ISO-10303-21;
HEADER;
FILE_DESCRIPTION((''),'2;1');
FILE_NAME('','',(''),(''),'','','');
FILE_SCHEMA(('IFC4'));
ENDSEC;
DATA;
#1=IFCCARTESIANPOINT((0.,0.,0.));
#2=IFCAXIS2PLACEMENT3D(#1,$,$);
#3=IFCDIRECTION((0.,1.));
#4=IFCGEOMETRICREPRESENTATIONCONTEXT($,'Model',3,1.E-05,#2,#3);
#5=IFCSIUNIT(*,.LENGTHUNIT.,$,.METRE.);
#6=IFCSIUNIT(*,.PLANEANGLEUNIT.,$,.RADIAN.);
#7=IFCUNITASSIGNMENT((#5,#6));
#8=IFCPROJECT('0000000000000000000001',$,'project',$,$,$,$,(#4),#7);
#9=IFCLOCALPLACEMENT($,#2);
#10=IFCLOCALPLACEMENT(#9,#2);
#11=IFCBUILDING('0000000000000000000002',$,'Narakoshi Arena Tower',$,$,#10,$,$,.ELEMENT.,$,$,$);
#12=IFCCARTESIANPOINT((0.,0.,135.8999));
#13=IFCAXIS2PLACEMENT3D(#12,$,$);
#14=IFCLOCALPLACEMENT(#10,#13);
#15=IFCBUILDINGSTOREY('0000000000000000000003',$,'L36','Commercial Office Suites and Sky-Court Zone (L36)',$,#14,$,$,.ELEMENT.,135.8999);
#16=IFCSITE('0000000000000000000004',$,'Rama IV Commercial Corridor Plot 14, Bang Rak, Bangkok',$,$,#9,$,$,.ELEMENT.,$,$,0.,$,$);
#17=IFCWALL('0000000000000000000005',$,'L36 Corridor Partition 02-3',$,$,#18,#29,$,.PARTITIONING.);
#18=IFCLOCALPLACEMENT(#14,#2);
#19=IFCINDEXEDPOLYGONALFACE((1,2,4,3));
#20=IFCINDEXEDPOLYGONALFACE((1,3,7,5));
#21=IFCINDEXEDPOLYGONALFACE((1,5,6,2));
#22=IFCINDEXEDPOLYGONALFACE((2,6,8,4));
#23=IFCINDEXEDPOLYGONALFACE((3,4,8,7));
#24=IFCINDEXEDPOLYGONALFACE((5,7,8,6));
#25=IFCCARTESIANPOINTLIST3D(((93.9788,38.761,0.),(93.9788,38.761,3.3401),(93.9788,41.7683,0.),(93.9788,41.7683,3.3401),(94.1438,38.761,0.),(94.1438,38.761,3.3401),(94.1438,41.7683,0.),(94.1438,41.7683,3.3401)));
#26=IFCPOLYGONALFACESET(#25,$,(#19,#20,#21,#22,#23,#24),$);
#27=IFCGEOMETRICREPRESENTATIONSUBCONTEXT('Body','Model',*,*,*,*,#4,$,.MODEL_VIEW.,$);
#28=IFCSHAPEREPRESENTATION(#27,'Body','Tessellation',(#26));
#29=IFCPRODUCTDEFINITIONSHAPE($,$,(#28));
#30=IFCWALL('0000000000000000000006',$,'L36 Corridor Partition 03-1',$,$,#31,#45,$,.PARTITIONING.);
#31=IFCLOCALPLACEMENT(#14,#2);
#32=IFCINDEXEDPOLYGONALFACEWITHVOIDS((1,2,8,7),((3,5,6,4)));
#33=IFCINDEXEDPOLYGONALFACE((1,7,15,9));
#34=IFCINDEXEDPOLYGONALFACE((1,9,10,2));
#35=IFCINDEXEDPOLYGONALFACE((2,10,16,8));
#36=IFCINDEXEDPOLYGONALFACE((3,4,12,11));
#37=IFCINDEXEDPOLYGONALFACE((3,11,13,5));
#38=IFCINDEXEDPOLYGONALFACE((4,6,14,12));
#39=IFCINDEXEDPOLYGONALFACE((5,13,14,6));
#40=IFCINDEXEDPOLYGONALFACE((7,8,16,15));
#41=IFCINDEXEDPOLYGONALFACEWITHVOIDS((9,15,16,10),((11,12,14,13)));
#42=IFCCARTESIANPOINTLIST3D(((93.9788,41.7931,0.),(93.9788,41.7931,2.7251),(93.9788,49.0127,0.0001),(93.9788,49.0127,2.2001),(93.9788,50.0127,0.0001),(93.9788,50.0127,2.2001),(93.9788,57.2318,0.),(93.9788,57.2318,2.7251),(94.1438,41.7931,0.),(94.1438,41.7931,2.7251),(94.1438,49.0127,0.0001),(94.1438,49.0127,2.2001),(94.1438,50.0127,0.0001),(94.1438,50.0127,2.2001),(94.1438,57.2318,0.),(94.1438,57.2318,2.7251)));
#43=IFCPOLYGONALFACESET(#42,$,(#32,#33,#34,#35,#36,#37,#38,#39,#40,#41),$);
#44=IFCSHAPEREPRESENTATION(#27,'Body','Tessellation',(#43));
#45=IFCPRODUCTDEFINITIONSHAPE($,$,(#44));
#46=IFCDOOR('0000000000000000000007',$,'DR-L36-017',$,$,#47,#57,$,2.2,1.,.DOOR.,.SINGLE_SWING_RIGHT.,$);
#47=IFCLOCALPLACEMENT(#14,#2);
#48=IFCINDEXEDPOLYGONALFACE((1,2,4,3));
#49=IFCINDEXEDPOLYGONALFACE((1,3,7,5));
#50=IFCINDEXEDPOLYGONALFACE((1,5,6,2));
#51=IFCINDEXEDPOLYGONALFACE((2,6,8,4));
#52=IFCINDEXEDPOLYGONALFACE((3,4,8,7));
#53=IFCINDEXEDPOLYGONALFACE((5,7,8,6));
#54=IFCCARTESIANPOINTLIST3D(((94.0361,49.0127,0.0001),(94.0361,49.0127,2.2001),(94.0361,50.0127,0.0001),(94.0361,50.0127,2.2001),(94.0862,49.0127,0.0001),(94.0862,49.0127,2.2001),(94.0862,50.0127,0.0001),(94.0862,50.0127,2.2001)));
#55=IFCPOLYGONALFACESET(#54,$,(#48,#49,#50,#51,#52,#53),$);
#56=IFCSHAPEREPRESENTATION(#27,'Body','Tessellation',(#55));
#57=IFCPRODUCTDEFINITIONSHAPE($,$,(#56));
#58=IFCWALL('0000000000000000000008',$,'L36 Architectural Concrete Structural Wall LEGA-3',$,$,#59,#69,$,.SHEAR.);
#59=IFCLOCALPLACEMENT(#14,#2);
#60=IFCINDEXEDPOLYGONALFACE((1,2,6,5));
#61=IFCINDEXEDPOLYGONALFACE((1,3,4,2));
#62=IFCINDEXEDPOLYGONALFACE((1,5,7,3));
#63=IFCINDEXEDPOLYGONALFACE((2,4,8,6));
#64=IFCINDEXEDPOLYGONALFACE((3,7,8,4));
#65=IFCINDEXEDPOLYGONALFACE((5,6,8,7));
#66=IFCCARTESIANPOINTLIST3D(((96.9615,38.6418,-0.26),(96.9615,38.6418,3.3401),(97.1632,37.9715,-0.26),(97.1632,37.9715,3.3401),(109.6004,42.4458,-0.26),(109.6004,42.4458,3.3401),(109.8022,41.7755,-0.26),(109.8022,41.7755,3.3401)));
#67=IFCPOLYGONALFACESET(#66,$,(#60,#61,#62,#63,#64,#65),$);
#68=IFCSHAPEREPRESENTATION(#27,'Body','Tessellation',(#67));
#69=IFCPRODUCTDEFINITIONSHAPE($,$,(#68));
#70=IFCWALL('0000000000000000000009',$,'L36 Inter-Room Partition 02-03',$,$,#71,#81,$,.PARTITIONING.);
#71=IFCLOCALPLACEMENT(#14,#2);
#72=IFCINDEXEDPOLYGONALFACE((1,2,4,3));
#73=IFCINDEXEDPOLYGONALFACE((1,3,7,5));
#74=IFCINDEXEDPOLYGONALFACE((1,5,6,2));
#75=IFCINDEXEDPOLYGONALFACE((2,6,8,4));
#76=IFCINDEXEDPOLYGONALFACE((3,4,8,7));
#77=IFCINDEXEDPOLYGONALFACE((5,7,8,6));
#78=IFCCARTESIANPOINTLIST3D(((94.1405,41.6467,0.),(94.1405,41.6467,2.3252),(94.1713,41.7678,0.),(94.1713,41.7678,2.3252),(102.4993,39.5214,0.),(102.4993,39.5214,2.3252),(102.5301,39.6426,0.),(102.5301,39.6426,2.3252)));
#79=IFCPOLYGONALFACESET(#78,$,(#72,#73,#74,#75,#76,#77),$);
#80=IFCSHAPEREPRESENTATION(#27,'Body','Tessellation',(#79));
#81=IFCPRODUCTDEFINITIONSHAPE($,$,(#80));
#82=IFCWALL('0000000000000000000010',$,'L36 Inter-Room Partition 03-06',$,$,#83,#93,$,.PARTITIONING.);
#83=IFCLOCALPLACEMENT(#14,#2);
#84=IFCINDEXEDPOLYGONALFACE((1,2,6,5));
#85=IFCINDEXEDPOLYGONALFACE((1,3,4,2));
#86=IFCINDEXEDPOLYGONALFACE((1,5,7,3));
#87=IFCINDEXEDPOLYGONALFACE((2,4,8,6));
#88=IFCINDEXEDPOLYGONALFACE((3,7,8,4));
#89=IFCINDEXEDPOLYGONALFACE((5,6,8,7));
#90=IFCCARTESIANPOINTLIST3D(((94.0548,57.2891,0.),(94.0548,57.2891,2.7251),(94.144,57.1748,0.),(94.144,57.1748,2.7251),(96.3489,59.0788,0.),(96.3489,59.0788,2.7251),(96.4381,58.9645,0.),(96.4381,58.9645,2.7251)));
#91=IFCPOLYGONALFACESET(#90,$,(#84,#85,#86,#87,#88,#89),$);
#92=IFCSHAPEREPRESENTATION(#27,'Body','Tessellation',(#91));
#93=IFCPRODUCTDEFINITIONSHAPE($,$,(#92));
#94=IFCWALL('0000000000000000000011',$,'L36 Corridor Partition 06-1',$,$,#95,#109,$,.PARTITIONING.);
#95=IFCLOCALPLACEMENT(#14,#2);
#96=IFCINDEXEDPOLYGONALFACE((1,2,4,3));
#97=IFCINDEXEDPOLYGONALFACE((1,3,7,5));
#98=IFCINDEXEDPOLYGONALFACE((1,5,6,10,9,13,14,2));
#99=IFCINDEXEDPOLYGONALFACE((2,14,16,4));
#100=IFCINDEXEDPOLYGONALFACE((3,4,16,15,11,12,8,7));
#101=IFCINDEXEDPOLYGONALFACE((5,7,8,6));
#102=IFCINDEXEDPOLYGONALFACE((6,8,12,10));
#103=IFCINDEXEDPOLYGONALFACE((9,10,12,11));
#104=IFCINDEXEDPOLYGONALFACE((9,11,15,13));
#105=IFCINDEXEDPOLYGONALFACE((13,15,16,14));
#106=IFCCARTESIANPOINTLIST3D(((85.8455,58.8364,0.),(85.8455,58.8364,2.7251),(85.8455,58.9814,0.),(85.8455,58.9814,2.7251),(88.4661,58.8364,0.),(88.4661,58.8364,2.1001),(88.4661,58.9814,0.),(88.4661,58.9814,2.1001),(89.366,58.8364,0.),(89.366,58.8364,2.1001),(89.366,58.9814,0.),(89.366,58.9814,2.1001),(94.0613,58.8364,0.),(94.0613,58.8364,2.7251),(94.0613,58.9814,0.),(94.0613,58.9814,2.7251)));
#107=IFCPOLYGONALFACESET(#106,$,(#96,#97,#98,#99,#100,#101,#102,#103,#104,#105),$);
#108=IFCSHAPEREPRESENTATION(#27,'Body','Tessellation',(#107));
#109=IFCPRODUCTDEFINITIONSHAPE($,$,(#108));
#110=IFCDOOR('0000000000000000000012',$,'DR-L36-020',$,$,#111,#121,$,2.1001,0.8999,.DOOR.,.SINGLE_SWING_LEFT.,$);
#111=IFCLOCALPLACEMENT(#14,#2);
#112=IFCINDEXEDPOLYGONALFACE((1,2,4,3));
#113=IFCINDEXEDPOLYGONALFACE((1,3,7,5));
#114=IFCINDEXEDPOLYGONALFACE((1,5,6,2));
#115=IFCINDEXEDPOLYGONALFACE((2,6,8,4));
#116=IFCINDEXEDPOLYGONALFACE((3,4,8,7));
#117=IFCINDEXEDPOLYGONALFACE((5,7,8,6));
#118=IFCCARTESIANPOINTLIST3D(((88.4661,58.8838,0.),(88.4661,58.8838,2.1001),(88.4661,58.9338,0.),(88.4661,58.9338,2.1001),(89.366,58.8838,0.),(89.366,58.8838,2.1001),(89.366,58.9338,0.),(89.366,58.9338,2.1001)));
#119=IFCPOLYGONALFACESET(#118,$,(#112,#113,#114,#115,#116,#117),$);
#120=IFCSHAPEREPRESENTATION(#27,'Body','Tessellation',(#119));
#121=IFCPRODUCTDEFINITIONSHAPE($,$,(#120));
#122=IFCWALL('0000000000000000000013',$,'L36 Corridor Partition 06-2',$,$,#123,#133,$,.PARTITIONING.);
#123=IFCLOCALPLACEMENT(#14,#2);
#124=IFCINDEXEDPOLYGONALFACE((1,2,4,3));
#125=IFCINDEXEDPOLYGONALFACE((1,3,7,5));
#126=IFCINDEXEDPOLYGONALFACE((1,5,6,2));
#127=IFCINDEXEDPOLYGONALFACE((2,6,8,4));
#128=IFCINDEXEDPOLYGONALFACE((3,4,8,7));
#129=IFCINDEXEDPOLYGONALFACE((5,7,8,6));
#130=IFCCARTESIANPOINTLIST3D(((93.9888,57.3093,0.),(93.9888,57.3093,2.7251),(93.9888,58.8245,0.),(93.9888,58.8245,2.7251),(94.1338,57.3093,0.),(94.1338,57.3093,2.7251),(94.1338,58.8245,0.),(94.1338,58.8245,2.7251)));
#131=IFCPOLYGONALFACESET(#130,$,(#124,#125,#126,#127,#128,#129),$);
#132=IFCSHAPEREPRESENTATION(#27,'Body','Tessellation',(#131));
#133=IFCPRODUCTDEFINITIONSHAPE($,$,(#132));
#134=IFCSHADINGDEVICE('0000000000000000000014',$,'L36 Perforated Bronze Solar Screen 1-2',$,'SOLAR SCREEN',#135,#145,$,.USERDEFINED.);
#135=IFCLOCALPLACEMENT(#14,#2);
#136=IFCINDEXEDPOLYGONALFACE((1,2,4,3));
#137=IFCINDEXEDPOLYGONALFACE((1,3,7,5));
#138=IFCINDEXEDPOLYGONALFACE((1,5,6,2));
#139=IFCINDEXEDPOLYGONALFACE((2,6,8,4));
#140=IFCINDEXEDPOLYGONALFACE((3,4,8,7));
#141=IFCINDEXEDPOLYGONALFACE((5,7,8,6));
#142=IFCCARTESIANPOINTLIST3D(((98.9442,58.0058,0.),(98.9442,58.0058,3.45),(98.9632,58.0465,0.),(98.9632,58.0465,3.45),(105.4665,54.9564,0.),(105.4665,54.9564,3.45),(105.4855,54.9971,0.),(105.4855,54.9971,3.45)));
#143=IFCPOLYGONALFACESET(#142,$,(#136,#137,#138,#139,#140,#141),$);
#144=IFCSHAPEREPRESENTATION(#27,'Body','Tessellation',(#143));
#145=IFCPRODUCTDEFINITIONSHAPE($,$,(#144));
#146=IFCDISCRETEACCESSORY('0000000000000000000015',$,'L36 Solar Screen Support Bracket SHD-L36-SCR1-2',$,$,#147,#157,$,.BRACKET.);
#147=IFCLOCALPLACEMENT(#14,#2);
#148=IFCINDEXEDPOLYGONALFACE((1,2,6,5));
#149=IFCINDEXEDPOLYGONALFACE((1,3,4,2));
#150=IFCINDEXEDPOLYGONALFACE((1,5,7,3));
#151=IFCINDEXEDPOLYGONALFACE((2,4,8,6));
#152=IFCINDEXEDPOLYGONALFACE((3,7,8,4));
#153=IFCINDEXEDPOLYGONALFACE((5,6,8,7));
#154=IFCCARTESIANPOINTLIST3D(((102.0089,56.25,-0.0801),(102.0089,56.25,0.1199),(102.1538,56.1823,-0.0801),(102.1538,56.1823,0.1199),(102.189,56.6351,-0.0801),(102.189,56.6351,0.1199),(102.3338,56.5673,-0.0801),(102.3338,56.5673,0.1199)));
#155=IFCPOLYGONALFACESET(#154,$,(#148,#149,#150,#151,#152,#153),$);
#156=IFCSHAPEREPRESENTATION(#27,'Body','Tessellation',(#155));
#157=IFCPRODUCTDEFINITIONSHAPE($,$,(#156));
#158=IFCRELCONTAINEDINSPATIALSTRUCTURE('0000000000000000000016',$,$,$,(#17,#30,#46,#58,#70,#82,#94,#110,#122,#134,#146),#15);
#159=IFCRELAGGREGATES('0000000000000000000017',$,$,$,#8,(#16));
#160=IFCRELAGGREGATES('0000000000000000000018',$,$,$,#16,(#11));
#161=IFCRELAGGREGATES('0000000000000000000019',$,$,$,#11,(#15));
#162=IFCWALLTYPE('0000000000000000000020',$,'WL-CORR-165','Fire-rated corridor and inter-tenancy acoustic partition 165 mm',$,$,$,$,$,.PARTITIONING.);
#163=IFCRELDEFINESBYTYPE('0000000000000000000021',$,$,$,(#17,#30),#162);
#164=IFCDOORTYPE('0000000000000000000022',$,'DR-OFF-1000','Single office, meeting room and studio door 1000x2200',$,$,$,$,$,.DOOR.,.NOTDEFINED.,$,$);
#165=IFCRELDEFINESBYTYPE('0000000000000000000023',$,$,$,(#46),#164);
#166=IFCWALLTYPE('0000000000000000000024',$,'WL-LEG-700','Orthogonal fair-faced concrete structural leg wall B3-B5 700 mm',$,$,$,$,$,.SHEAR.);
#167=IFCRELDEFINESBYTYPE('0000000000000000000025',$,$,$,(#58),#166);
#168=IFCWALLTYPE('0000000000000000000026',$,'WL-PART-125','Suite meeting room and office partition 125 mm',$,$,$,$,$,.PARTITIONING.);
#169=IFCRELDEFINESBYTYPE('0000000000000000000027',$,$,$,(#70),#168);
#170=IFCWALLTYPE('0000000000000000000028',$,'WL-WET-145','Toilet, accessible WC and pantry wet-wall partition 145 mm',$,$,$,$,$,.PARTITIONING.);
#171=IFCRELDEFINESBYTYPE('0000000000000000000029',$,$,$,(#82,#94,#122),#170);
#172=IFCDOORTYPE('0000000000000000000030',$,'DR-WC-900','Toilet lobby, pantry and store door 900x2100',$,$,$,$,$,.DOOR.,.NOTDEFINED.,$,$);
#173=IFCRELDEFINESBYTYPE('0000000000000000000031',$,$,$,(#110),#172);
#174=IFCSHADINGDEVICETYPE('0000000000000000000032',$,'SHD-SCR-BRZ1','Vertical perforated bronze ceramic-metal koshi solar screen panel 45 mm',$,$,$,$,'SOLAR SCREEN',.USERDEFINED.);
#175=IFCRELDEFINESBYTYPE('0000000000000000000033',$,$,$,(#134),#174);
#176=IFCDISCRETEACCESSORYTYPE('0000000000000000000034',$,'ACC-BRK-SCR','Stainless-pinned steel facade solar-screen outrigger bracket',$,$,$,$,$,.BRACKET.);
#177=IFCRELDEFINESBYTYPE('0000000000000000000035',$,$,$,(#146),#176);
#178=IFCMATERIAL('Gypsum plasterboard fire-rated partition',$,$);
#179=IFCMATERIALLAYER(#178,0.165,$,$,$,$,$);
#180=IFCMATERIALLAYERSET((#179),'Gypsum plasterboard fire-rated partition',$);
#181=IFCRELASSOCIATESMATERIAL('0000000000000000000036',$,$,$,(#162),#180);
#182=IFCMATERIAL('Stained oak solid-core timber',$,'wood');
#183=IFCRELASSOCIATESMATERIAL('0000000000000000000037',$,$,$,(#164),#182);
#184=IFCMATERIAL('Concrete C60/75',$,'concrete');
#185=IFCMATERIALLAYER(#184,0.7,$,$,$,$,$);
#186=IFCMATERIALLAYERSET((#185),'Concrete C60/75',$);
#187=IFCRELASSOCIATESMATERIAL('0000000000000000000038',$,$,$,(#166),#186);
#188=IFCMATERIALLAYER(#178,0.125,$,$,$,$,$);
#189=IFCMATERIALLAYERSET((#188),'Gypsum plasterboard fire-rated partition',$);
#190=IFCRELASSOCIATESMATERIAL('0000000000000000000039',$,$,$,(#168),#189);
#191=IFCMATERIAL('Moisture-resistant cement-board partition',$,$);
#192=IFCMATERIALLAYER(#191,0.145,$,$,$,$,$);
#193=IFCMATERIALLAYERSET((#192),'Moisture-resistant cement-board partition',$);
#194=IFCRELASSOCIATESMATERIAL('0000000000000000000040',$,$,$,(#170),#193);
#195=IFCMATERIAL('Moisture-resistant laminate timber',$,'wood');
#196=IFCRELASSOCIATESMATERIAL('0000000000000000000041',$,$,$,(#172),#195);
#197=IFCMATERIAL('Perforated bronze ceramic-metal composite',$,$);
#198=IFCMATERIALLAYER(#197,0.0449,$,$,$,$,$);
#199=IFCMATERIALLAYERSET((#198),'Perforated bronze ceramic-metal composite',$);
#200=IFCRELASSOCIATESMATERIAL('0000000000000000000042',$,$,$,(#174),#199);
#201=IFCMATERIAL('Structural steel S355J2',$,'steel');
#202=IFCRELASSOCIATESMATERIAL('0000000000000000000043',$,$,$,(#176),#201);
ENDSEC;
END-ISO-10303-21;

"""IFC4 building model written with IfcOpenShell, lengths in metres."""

from ifc_helpers import new_model, si_unit, direction, frame, frame_2d, origin, origin_2d, place, context, subcontext, project, spatial, rectangle, extrude, material, layer, layer_set, type_object, element, fill, save


model = new_model("IFC4")

# Units and contexts
model_context = context("Model", 3, precision=1e-05, world=origin(), true_north=direction((0.0, 1.0)))
body_context = subcontext(model_context, "Body", "Model", "MODEL_VIEW")
ifc_project = project(units=[si_unit("LENGTHUNIT", "METRE"), si_unit("PLANEANGLEUNIT", "RADIAN")], contexts=[model_context])

# Site, building, storey
site_placement = place(None, origin())
site = spatial("IfcSite", under=ifc_project, at=site_placement, Name="Rama IV Commercial Corridor Plot 14, Bang Rak, Bangkok", CompositionType="ELEMENT", RefElevation=0.0)
building_placement = place(site_placement, origin())
building = spatial("IfcBuilding", under=site, at=building_placement, Name="Narakoshi Arena Tower", CompositionType="ELEMENT")
storey_placement = place(building_placement, frame((0.0, 0.0, 135.8999)))
storey = spatial("IfcBuildingStorey", under=building, at=storey_placement, Name="L36", Description="Commercial Office Suites and Sky-Court Zone (L36)", CompositionType="ELEMENT", Elevation=135.8999)

# Shared definitions
ifc_material_1 = material(Name="Concrete C60/75", Category="concrete")

# Shared definitions
ifc_material_2 = material(Name="Structural steel S355J2", Category="steel")

# Wall
ifc_material_3 = material(Name="Gypsum plasterboard fire-rated partition")
ifc_layer_1 = layer(ifc_material_3, 0.165)
ifc_layer_set_1 = layer_set([ifc_layer_1], Name="Gypsum plasterboard fire-rated partition")
wall_type_1 = type_object("IfcWallType", Name="WL-CORR-165", Description="Fire-rated corridor and inter-tenancy acoustic partition 165 mm", PredefinedType="PARTITIONING", material=ifc_layer_set_1)
wall_1_placement = place(storey_placement, frame((94.0613, 38.761, 0.0), z_axis=(0.0, 0.0, 1.0), x_axis=(0.0, 1.0, 0.0)))
element("IfcWall", 1, at=wall_1_placement, inside=storey, type_object=wall_type_1, Name="L36 Corridor Partition 02-3", PredefinedType="PARTITIONING", context=body_context, shape_type="SweptSolid", body=[
    extrude(rectangle(XDim=3.0073, YDim=0.165, at=frame_2d((1.5037, 0.0))), origin(), (0.0, 0.0, 1.0), 3.3401),
])

# Wall, opening, door
wall_2_placement = place(storey_placement, frame((94.0613, 41.7932, 0.0), z_axis=(0.0, 0.0, 1.0), x_axis=(0.0, 1.0, 0.0)))
wall_2 = element("IfcWall", 2, at=wall_2_placement, inside=storey, type_object=wall_type_1, Name="L36 Corridor Partition 03-1", PredefinedType="PARTITIONING", context=body_context, shape_type="SweptSolid", body=[
    extrude(rectangle(XDim=15.4387, YDim=0.165, at=frame_2d((7.7192, 0.0))), origin(), (0.0, 0.0, 1.0), 2.7251),
])
opening_1_placement = place(wall_2_placement, frame((7.2195, 0.0, 0.0)))
opening_1 = element("IfcOpeningElement", 3, at=opening_1_placement, cuts=wall_2, PredefinedType="OPENING", context=body_context, shape_type="SweptSolid", body=[
    extrude(rectangle(XDim=1.0, YDim=2.2, at=frame_2d((0.5, 1.1001))), frame((0.0, 0.0925, 0.0), z_axis=(0.0, -1.0, 0.0), x_axis=(1.0, 0.0, 0.0)), (0.0, 0.0, 1.0), 0.1851),
])
ifc_material_4 = material(Name="Stained oak solid-core timber", Category="wood")
door_type_1 = type_object("IfcDoorType", Name="DR-OFF-1000", Description="Single office, meeting room and studio door 1000x2200", OperationType="NOTDEFINED", PredefinedType="DOOR", material=ifc_material_4)
door_1_placement = place(opening_1_placement, frame((1.0, 0.0, 0.0), z_axis=(0.0, 0.0, 1.0), x_axis=(-1.0, 0.0, 0.0)))
door_1 = element("IfcDoor", 4, at=door_1_placement, inside=storey, type_object=door_type_1, Name="DR-L36-017", OperationType="SINGLE_SWING_RIGHT", OverallHeight=2.2, OverallWidth=1.0, PredefinedType="DOOR", context=body_context, shape_type="SweptSolid", body=[
    extrude(rectangle(XDim=1.0, YDim=2.2, at=frame_2d((0.5, 1.1001))), frame((0.0, 0.0249, 0.0), z_axis=(0.0, -1.0, 0.0), x_axis=(1.0, 0.0, 0.0)), (0.0, 0.0, 1.0), 0.05),
])
fill(opening_1, door_1)

# Walls
ifc_layer_2 = layer(ifc_material_1, 0.7)
ifc_layer_set_2 = layer_set([ifc_layer_2], Name="Concrete C60/75")
wall_type_2 = type_object("IfcWallType", Name="WL-LEG-700", Description="Orthogonal fair-faced concrete structural leg wall B3-B5 700 mm", PredefinedType="SHEAR", material=ifc_layer_set_2)
wall_3_placement = place(storey_placement, frame((97.0623, 38.3066, -0.26), z_axis=(0.0, 0.0, 1.0), x_axis=(0.95757, 0.288201, 0.0)))
element("IfcWall", 5, at=wall_3_placement, inside=storey, type_object=wall_type_2, Name="L36 Architectural Concrete Structural Wall LEGA-3", PredefinedType="SHEAR", context=body_context, shape_type="SweptSolid", body=[
    extrude(rectangle(XDim=13.199, YDim=0.7, at=frame_2d((6.5996, 0.0))), origin(), (0.0, 0.0, 1.0), 3.6001),
])
ifc_layer_3 = layer(ifc_material_3, 0.125)
ifc_layer_set_3 = layer_set([ifc_layer_3], Name="Gypsum plasterboard fire-rated partition")
wall_type_3 = type_object("IfcWallType", Name="WL-PART-125", Description="Suite meeting room and office partition 125 mm", PredefinedType="PARTITIONING", material=ifc_layer_set_3)
wall_4_placement = place(storey_placement, frame((94.1558, 41.7073, 0.0), z_axis=(0.0, 0.0, 1.0), x_axis=(0.969166, -0.24641, 0.0)))
element("IfcWall", 6, at=wall_4_placement, inside=storey, type_object=wall_type_3, Name="L36 Inter-Room Partition 02-03", PredefinedType="PARTITIONING", context=body_context, shape_type="SweptSolid", body=[
    extrude(rectangle(XDim=8.6248, YDim=0.125, at=frame_2d((4.3125, 0.0))), origin(), (0.0, 0.0, 1.0), 2.3252),
])
ifc_material_5 = material(Name="Moisture-resistant cement-board partition")
ifc_layer_4 = layer(ifc_material_5, 0.145)
ifc_layer_set_4 = layer_set([ifc_layer_4], Name="Moisture-resistant cement-board partition")
wall_type_4 = type_object("IfcWallType", Name="WL-WET-145", Description="Toilet, accessible WC and pantry wet-wall partition 145 mm", PredefinedType="PARTITIONING", material=ifc_layer_set_4)
wall_5_placement = place(storey_placement, frame((94.0994, 57.2319, 0.0), z_axis=(0.0, 0.0, 1.0), x_axis=(0.788448, 0.615102, 0.0)))
element("IfcWall", 7, at=wall_5_placement, inside=storey, type_object=wall_type_4, Name="L36 Inter-Room Partition 03-06", PredefinedType="PARTITIONING", context=body_context, shape_type="SweptSolid", body=[
    extrude(rectangle(XDim=2.9097, YDim=0.145, at=frame_2d((1.4548, 0.0))), origin(), (0.0, 0.0, 1.0), 2.7251),
])

# Wall, opening, door
wall_6_placement = place(storey_placement, frame((94.0613, 58.9089, 0.0), z_axis=(0.0, 0.0, 1.0), x_axis=(-1.0, 0.0, 0.0)))
wall_6 = element("IfcWall", 8, at=wall_6_placement, inside=storey, type_object=wall_type_4, Name="L36 Corridor Partition 06-1", PredefinedType="PARTITIONING", context=body_context, shape_type="SweptSolid", body=[
    extrude(rectangle(XDim=8.2158, YDim=0.145, at=frame_2d((4.1079, 0.0))), origin(), (0.0, 0.0, 1.0), 2.7251),
])
opening_2_placement = place(wall_6_placement, frame((4.6953, 0.0, 0.0)))
opening_2 = element("IfcOpeningElement", 9, at=opening_2_placement, cuts=wall_6, PredefinedType="OPENING", context=body_context, shape_type="SweptSolid", body=[
    extrude(rectangle(XDim=0.8999, YDim=2.1001, at=frame_2d((0.45, 1.05))), frame((0.0, 0.0825, 0.0), z_axis=(0.0, -1.0, 0.0), x_axis=(1.0, 0.0, 0.0)), (0.0, 0.0, 1.0), 0.165),
])
ifc_material_6 = material(Name="Moisture-resistant laminate timber", Category="wood")
door_type_2 = type_object("IfcDoorType", Name="DR-WC-900", Description="Toilet lobby, pantry and store door 900x2100", OperationType="NOTDEFINED", PredefinedType="DOOR", material=ifc_material_6)
door_2_placement = place(opening_2_placement, frame((0.8999, 0.0, 0.0), z_axis=(0.0, 0.0, 1.0), x_axis=(-1.0, 0.0, 0.0)))
door_2 = element("IfcDoor", 10, at=door_2_placement, inside=storey, type_object=door_type_2, Name="DR-L36-020", OperationType="SINGLE_SWING_LEFT", OverallHeight=2.1001, OverallWidth=0.8999, PredefinedType="DOOR", context=body_context, shape_type="SweptSolid", body=[
    extrude(rectangle(XDim=0.8999, YDim=2.1001, at=frame_2d((0.45, 1.05))), frame((0.0, 0.0249, 0.0), z_axis=(0.0, -1.0, 0.0), x_axis=(1.0, 0.0, 0.0)), (0.0, 0.0, 1.0), 0.05),
])
fill(opening_2, door_2)

# Wall
wall_7_placement = place(storey_placement, frame((94.0613, 57.3093, 0.0), z_axis=(0.0, 0.0, 1.0), x_axis=(0.0, 1.0, 0.0)))
element("IfcWall", 11, at=wall_7_placement, inside=storey, type_object=wall_type_4, Name="L36 Corridor Partition 06-2", PredefinedType="PARTITIONING", context=body_context, shape_type="SweptSolid", body=[
    extrude(rectangle(XDim=1.5151, YDim=0.145, at=frame_2d((0.7576, 0.0))), origin(), (0.0, 0.0, 1.0), 2.7251),
])

# Shading device
ifc_material_7 = material(Name="Perforated bronze ceramic-metal composite")
ifc_layer_5 = layer(ifc_material_7, 0.0449)
ifc_layer_set_5 = layer_set([ifc_layer_5], Name="Perforated bronze ceramic-metal composite")
shading_device_type = type_object("IfcShadingDeviceType", Name="SHD-SCR-BRZ1", Description="Vertical perforated bronze ceramic-metal koshi solar screen panel 45 mm", ElementType="SOLAR SCREEN", PredefinedType="USERDEFINED", material=ifc_layer_set_5)
shading_device_placement = place(storey_placement, frame((102.2148, 56.5015, 0.0), z_axis=(0.0, 0.0, 1.0), x_axis=(-0.90588, 0.423535, 0.0)))
element("IfcShadingDevice", 12, at=shading_device_placement, inside=storey, type_object=shading_device_type, Name="L36 Perforated Bronze Solar Screen 1-2", ObjectType="SOLAR SCREEN", PredefinedType="USERDEFINED", context=body_context, shape_type="SweptSolid", body=[
    extrude(rectangle(XDim=7.2, YDim=0.0449, at=origin_2d()), origin(), (0.0, 0.0, 1.0), 3.45),
])

# Discrete accessory
discrete_accessory_type = type_object("IfcDiscreteAccessoryType", Name="ACC-BRK-SCR", Description="Stainless-pinned steel facade solar-screen outrigger bracket", PredefinedType="BRACKET", material=ifc_material_2)
discrete_accessory_placement = place(storey_placement, frame((102.1714, 56.4087, -0.0801), z_axis=(0.0, 0.0, 1.0), x_axis=(-0.90588, 0.423535, 0.0)))
element("IfcDiscreteAccessory", 13, at=discrete_accessory_placement, inside=storey, type_object=discrete_accessory_type, Name="L36 Solar Screen Support Bracket SHD-L36-SCR1-2", PredefinedType="BRACKET", context=body_context, shape_type="SweptSolid", body=[
    extrude(rectangle(XDim=0.1599, YDim=0.425, at=origin_2d()), origin(), (0.0, 0.0, 1.0), 0.2),
])

save(model, "model.ifc")
